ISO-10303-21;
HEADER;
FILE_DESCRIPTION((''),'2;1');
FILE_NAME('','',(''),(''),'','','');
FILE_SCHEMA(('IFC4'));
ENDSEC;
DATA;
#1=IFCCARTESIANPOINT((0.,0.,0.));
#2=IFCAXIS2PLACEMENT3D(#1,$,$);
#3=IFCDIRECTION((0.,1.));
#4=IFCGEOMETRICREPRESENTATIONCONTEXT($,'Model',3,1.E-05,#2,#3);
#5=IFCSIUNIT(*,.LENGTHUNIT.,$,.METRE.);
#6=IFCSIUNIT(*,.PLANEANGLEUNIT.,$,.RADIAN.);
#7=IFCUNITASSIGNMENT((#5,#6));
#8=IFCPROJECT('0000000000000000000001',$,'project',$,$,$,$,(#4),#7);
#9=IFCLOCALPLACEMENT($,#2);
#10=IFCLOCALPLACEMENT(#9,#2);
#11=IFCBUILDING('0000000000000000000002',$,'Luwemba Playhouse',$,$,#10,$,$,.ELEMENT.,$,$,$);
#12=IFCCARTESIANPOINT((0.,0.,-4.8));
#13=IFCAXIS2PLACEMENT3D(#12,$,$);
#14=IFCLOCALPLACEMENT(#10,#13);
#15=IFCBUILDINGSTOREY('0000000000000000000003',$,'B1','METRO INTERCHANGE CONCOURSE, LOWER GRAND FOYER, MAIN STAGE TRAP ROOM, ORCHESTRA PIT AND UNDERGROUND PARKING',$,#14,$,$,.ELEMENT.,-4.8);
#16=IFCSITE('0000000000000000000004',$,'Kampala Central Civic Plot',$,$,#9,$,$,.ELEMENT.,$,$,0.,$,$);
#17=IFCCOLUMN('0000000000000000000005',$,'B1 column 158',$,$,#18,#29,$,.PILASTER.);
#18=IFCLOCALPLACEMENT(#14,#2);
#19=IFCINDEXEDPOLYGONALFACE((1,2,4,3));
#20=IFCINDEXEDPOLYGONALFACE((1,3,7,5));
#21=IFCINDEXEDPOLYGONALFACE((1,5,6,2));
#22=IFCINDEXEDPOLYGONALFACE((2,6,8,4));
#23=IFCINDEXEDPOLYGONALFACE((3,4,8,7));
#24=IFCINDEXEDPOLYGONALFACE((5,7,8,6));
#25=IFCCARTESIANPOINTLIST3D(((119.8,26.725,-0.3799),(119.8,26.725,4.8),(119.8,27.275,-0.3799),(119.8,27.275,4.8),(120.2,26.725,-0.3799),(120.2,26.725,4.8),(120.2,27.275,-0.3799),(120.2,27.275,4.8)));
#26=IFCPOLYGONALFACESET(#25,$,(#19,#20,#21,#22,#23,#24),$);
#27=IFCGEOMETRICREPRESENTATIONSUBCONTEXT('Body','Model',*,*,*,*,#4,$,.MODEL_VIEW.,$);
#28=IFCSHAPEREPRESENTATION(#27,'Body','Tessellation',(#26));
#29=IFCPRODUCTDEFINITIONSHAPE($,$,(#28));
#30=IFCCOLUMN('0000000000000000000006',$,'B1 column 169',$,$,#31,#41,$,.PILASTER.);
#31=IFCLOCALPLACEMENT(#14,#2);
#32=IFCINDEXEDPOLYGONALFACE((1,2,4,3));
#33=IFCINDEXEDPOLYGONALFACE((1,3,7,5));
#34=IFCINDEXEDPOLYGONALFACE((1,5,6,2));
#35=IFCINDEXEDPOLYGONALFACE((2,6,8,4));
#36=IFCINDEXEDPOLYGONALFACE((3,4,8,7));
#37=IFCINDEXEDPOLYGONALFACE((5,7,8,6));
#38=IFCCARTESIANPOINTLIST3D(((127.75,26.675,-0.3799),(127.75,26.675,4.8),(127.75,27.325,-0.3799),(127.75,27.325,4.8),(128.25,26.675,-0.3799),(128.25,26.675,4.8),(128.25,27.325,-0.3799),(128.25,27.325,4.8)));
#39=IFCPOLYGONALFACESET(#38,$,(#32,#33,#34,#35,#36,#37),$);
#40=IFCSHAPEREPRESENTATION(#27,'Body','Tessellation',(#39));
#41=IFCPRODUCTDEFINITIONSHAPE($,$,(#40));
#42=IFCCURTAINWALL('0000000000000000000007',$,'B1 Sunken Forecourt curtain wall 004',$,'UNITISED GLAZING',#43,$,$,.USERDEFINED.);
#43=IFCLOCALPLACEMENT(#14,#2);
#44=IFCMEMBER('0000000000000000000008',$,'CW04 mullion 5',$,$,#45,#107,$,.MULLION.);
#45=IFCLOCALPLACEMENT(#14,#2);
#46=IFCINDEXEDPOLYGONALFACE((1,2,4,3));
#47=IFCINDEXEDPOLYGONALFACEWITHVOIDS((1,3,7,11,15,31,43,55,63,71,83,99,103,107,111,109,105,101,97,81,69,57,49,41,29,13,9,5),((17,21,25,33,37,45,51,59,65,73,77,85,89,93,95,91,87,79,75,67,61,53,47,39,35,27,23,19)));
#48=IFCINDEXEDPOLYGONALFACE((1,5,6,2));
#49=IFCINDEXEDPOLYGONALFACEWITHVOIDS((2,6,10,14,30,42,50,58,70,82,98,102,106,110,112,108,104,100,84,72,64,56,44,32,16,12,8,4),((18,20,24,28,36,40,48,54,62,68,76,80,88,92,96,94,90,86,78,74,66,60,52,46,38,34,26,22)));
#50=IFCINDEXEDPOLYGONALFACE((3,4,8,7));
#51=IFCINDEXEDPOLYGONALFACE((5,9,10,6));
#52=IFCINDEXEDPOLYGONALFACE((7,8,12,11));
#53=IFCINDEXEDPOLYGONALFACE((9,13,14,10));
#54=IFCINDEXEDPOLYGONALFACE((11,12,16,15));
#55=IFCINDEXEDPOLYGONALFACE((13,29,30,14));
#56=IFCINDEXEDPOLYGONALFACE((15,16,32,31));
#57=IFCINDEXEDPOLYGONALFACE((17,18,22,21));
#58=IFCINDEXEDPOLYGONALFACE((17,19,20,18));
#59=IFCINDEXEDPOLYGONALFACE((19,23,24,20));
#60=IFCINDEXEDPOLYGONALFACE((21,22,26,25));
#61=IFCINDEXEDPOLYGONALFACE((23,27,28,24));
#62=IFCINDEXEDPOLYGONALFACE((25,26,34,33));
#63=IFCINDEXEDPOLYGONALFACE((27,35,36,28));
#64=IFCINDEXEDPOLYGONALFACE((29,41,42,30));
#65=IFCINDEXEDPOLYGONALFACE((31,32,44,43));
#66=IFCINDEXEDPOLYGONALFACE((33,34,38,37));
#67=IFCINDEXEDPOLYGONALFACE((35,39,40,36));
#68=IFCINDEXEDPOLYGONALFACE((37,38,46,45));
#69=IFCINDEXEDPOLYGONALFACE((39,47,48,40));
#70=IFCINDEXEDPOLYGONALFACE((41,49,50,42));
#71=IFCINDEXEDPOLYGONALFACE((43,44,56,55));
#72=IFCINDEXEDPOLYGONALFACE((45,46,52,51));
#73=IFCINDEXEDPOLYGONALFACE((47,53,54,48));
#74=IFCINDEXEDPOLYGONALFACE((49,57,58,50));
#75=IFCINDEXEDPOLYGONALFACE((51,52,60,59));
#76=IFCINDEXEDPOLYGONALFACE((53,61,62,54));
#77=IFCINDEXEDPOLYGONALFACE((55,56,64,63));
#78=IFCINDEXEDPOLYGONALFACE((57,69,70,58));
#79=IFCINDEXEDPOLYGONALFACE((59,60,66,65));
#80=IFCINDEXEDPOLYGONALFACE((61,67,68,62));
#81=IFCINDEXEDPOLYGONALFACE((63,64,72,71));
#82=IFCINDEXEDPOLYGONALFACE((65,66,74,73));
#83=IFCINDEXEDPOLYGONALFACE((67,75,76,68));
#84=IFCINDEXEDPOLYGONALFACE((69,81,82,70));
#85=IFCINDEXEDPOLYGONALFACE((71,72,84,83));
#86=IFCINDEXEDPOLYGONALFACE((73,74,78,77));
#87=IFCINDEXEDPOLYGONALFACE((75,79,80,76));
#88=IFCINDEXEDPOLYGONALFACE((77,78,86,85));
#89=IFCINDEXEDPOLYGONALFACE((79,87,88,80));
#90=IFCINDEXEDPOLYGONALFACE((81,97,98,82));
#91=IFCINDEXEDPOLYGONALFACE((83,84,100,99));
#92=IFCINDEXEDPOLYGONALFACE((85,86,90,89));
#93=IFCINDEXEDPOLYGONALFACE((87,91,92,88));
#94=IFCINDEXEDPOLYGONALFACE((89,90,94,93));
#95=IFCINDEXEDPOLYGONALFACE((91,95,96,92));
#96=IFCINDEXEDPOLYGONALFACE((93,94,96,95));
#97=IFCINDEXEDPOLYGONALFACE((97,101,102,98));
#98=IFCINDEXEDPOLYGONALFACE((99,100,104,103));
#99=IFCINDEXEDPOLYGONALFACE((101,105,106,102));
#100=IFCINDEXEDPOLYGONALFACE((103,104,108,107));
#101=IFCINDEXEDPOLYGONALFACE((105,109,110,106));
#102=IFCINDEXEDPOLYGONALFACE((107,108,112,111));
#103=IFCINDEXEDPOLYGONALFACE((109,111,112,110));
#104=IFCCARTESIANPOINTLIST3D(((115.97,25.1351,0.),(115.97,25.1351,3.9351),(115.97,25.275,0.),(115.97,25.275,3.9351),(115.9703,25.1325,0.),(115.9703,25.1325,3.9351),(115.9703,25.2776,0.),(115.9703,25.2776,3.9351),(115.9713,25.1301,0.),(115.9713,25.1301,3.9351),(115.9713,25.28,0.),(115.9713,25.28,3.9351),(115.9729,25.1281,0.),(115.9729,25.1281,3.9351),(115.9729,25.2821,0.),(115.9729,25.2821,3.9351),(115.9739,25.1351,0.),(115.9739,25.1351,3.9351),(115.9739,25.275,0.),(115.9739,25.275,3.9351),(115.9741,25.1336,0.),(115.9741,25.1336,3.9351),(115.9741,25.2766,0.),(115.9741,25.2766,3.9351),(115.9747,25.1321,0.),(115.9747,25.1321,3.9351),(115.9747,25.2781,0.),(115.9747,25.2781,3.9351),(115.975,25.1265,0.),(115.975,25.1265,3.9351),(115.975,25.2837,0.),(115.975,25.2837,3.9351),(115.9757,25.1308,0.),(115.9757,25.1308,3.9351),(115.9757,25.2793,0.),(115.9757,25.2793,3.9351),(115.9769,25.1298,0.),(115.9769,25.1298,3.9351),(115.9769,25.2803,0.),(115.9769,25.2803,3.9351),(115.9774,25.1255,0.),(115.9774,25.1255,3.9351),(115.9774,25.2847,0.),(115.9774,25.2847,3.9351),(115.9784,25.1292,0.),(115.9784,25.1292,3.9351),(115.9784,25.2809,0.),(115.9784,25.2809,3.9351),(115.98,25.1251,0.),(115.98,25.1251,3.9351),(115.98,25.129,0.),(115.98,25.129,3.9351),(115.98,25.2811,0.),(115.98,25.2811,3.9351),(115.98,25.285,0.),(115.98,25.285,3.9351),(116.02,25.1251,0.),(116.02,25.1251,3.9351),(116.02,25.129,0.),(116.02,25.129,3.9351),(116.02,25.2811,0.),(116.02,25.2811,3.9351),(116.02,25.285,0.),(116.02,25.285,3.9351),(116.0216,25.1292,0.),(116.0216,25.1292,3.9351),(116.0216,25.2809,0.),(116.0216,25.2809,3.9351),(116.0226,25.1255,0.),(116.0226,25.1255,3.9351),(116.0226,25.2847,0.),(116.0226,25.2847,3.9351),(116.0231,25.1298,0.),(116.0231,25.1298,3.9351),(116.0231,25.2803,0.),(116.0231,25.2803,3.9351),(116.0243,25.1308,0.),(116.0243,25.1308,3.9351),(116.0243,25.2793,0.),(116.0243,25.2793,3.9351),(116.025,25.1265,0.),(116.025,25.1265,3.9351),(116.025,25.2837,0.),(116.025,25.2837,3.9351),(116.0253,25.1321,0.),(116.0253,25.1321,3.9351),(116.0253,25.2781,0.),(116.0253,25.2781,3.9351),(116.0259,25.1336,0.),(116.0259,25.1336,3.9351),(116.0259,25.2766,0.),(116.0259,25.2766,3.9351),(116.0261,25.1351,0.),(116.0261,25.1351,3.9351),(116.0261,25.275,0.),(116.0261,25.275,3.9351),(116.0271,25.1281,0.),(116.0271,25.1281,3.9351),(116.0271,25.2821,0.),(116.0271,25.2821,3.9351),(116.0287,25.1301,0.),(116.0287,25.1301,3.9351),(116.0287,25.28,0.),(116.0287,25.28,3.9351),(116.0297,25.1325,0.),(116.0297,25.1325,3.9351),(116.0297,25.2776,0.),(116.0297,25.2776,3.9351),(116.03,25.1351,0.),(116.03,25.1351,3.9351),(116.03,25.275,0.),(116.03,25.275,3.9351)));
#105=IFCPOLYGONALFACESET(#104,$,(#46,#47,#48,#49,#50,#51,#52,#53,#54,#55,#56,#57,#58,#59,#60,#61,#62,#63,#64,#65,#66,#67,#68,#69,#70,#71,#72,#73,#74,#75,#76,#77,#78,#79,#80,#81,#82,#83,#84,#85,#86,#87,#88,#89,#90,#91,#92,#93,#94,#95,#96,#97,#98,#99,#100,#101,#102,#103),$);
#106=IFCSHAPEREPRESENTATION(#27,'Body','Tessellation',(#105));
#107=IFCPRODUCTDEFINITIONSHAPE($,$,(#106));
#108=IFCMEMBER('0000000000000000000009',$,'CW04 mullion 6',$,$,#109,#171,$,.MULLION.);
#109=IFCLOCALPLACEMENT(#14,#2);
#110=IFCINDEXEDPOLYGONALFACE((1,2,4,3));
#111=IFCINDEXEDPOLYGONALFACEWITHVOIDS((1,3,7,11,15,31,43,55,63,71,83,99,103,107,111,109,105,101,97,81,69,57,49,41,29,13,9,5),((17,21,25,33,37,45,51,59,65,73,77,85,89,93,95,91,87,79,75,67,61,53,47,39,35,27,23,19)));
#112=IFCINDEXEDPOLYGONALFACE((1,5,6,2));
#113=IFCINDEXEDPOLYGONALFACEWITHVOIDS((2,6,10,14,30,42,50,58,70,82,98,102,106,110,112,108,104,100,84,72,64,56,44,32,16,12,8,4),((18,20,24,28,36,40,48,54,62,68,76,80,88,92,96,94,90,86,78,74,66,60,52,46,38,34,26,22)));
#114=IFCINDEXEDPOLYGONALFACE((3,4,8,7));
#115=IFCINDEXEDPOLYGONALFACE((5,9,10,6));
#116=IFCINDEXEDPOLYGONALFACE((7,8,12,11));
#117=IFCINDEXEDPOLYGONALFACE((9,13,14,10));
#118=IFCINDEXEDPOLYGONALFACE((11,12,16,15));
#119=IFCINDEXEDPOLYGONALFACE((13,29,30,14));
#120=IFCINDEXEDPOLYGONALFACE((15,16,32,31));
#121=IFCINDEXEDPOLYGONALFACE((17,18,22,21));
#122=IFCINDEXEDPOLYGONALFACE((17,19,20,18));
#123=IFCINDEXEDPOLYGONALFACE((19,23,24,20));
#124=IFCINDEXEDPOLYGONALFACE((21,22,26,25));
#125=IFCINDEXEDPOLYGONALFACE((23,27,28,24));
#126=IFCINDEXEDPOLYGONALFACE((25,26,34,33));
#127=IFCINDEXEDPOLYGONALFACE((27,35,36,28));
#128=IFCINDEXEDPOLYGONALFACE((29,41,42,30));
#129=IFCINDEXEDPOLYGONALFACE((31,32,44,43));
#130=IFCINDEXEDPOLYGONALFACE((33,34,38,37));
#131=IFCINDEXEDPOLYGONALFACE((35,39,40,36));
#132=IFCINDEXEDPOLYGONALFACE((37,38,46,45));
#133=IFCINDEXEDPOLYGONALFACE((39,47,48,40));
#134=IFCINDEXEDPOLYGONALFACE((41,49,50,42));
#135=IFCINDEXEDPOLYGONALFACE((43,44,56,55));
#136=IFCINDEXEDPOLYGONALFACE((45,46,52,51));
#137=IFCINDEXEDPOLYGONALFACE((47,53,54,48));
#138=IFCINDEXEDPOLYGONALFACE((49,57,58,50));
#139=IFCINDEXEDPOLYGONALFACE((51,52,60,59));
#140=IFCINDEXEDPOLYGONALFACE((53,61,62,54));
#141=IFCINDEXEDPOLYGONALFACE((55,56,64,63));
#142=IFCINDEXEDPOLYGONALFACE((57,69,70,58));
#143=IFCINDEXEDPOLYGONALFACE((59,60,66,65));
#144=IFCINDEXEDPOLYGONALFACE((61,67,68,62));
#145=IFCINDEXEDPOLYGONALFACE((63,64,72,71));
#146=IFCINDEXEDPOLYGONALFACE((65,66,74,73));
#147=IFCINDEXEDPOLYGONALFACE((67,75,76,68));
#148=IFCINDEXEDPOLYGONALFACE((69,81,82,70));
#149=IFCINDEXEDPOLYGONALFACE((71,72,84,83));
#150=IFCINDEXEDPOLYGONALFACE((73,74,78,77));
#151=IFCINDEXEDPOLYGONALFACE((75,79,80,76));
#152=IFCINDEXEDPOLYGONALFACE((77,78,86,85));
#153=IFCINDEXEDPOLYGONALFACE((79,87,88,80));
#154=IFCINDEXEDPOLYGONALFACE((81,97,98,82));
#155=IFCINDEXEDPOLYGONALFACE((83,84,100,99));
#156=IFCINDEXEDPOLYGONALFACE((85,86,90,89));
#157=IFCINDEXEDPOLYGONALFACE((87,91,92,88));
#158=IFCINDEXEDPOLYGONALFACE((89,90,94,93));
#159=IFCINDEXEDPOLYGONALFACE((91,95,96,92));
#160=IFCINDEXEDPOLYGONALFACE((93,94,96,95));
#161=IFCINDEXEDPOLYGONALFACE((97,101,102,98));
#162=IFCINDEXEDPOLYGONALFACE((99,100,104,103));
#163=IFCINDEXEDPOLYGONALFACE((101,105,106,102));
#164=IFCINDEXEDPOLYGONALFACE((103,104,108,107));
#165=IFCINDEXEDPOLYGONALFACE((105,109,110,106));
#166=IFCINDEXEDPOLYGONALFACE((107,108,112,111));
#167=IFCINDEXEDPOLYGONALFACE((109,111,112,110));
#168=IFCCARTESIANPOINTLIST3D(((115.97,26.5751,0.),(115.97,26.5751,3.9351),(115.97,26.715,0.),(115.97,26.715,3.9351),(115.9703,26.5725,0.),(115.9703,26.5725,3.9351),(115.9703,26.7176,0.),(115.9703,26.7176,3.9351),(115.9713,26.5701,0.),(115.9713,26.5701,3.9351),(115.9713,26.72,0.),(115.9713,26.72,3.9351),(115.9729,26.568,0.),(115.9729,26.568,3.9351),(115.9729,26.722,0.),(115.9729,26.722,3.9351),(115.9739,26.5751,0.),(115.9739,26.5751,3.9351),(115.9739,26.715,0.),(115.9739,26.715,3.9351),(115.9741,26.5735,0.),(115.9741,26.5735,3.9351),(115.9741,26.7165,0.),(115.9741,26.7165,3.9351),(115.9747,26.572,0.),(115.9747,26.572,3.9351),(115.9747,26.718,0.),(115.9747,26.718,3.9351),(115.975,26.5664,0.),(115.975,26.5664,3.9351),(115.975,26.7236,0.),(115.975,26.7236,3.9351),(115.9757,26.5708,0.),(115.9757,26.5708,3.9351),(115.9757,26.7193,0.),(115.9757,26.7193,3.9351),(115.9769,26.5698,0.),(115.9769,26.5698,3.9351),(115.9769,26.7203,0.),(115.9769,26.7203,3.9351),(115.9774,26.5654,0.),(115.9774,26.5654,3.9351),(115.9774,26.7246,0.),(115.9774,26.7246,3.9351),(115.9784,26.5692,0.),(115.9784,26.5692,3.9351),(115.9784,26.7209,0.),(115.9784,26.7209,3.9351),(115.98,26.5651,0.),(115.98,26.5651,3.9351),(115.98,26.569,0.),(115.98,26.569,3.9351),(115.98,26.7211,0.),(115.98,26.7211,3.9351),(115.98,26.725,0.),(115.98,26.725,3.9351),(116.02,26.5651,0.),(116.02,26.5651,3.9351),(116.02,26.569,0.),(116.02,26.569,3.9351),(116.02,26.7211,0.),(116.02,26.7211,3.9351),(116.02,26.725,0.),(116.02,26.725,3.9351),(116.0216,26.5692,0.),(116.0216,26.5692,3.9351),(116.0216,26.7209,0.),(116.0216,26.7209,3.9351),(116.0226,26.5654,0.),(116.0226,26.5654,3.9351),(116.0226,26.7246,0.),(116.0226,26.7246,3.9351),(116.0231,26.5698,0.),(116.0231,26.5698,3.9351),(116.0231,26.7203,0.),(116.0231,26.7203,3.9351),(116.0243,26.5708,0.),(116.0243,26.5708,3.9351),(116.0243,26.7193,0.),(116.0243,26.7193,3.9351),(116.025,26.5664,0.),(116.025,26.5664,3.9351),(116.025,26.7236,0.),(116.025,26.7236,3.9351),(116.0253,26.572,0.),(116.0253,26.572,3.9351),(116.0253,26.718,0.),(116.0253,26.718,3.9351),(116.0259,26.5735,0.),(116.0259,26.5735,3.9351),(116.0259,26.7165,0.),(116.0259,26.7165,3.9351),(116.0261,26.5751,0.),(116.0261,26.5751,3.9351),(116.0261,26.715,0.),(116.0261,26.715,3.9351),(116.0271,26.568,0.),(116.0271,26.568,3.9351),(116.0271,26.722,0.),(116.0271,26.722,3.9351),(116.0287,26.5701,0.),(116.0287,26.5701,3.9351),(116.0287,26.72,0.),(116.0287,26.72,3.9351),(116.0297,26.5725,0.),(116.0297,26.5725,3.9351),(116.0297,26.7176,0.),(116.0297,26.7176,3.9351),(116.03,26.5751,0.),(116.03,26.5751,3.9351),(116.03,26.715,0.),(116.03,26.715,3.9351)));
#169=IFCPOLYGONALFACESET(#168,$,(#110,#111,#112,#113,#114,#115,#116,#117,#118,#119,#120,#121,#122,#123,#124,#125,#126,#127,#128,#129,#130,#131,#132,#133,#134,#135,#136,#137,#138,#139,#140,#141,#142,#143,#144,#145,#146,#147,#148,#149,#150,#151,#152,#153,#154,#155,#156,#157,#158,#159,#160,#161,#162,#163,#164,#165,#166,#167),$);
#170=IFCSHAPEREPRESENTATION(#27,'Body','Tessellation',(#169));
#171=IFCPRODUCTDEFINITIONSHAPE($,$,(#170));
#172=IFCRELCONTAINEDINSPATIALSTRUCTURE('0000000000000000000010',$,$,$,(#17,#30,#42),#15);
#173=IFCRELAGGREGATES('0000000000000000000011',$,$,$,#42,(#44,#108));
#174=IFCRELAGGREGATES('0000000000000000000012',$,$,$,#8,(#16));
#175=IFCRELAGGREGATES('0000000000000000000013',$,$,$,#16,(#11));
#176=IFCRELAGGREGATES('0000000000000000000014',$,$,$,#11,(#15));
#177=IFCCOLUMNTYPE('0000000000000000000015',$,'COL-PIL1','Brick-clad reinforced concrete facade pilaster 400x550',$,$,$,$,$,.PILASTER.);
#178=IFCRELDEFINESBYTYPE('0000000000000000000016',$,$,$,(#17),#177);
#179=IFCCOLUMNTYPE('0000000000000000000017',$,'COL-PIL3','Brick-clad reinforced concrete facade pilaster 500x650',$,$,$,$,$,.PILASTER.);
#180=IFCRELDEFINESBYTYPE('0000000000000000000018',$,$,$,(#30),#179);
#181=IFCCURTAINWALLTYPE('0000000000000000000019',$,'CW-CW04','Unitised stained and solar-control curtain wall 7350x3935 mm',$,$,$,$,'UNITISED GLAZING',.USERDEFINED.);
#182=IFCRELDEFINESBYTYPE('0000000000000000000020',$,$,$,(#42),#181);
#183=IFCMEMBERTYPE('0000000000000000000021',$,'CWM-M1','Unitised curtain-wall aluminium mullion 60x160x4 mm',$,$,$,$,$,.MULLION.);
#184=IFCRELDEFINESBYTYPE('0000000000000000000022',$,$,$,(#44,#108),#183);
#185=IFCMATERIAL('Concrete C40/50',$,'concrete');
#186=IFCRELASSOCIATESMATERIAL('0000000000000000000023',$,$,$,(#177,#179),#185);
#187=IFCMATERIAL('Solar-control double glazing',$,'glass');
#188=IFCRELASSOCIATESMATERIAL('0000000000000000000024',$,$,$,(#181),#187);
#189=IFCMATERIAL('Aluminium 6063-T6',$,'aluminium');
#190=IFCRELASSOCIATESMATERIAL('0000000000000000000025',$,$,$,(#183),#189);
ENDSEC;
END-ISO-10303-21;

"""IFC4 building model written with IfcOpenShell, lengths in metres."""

from ifc_helpers import new_model, si_unit, direction, frame, origin, origin_2d, place, context, subcontext, project, spatial, rectangle, hollow_rectangle, extrude, material, material_profile, profile_set, type_object, element, aggregate, save


model = new_model("IFC4")

# Units and contexts
model_context = context("Model", 3, precision=1e-05, world=origin(), true_north=direction((0.0, 1.0)))
body_context = subcontext(model_context, "Body", "Model", "MODEL_VIEW")
ifc_project = project(units=[si_unit("LENGTHUNIT", "METRE"), si_unit("PLANEANGLEUNIT", "RADIAN")], contexts=[model_context])

# Site, building, storey
site_placement = place(None, origin())
site = spatial("IfcSite", under=ifc_project, at=site_placement, Name="Kampala Central Civic Plot", CompositionType="ELEMENT", RefElevation=0.0)
building_placement = place(site_placement, origin())
building = spatial("IfcBuilding", under=site, at=building_placement, Name="Luwemba Playhouse", CompositionType="ELEMENT")
storey_placement = place(building_placement, frame((0.0, 0.0, -4.8)))
storey = spatial("IfcBuildingStorey", under=building, at=storey_placement, Name="B1", Description="METRO INTERCHANGE CONCOURSE, LOWER GRAND FOYER, MAIN STAGE TRAP ROOM, ORCHESTRA PIT AND UNDERGROUND PARKING", CompositionType="ELEMENT", Elevation=-4.8)

# Columns
ifc_material_1 = material(Name="Concrete C40/50", Category="concrete")
ifc_material_profile_1 = material_profile(ifc_material_1, rectangle(XDim=0.3999, YDim=0.55, at=origin_2d()))
ifc_profile_set_1 = profile_set([ifc_material_profile_1], Name="Concrete C40/50")
column_type_1 = type_object("IfcColumnType", Name="COL-PIL1", Description="Brick-clad reinforced concrete facade pilaster 400x550", PredefinedType="PILASTER", material=ifc_profile_set_1)
column_1_placement = place(storey_placement, frame((120.0, 27.0, -0.3799), z_axis=(0.0, 0.0, 1.0), x_axis=(1.0, 0.0, 0.0)))
element("IfcColumn", 1, at=column_1_placement, inside=storey, type_object=column_type_1, Name="B1 column 158", PredefinedType="PILASTER", context=body_context, shape_type="SweptSolid", body=[
    extrude(rectangle(XDim=0.3999, YDim=0.55, at=origin_2d()), origin(), (0.0, 0.0, 1.0), 5.1799),
])
ifc_material_profile_2 = material_profile(ifc_material_1, rectangle(XDim=0.5, YDim=0.6499, at=origin_2d()))
ifc_profile_set_2 = profile_set([ifc_material_profile_2], Name="Concrete C40/50")
column_type_2 = type_object("IfcColumnType", Name="COL-PIL3", Description="Brick-clad reinforced concrete facade pilaster 500x650", PredefinedType="PILASTER", material=ifc_profile_set_2)
column_2_placement = place(storey_placement, frame((128.0, 27.0, -0.3799), z_axis=(0.0, 0.0, 1.0), x_axis=(1.0, 0.0, 0.0)))
element("IfcColumn", 2, at=column_2_placement, inside=storey, type_object=column_type_2, Name="B1 column 169", PredefinedType="PILASTER", context=body_context, shape_type="SweptSolid", body=[
    extrude(rectangle(XDim=0.5, YDim=0.6499, at=origin_2d()), origin(), (0.0, 0.0, 1.0), 5.1799),
])

# Curtain wall, members
ifc_material_2 = material(Name="Solar-control double glazing", Category="glass")
curtain_wall_type = type_object("IfcCurtainWallType", Name="CW-CW04", Description="Unitised stained and solar-control curtain wall 7350x3935 mm", ElementType="UNITISED GLAZING", PredefinedType="USERDEFINED", material=ifc_material_2)
curtain_wall_placement = place(storey_placement, origin())
curtain_wall = element("IfcCurtainWall", 3, at=curtain_wall_placement, inside=storey, type_object=curtain_wall_type, Name="B1 Sunken Forecourt curtain wall 004", ObjectType="UNITISED GLAZING", PredefinedType="USERDEFINED")
ifc_material_3 = material(Name="Aluminium 6063-T6", Category="aluminium")
ifc_material_profile_3 = material_profile(ifc_material_3, hollow_rectangle(XDim=0.0601, YDim=0.1599, WallThickness=0.0039, InnerFilletRadius=0.0061, OuterFilletRadius=0.01, at=origin_2d()))
ifc_profile_set_3 = profile_set([ifc_material_profile_3], Name="Aluminium 6063-T6")
member_type_1 = type_object("IfcMemberType", Name="CWM-M1", Description="Unitised curtain-wall aluminium mullion 60x160x4 mm", PredefinedType="MULLION", material=ifc_profile_set_3)
member_1_placement = place(storey_placement, frame((116.0, 25.2051, 0.0), z_axis=(0.0, 0.0, 1.0), x_axis=(-1.0, 0.0, 0.0)))
member_1 = element("IfcMember", 4, at=member_1_placement, type_object=member_type_1, Name="CW04 mullion 5", PredefinedType="MULLION", context=body_context, shape_type="SweptSolid", body=[
    extrude(hollow_rectangle(XDim=0.0601, YDim=0.1599, WallThickness=0.0039, InnerFilletRadius=0.0061, OuterFilletRadius=0.01, at=origin_2d()), origin(), (0.0, 0.0, 1.0), 3.9351),
])
member_2_placement = place(storey_placement, frame((116.0, 26.645, 0.0), z_axis=(0.0, 0.0, 1.0), x_axis=(-1.0, 0.0, 0.0)))
member_2 = element("IfcMember", 5, at=member_2_placement, type_object=member_type_1, Name="CW04 mullion 6", PredefinedType="MULLION", context=body_context, shape_type="SweptSolid", body=[
    extrude(hollow_rectangle(XDim=0.0601, YDim=0.1599, WallThickness=0.0039, InnerFilletRadius=0.0061, OuterFilletRadius=0.01, at=origin_2d()), origin(), (0.0, 0.0, 1.0), 3.9351),
])
aggregate(curtain_wall, [member_1, member_2])

save(model, "model.ifc")
